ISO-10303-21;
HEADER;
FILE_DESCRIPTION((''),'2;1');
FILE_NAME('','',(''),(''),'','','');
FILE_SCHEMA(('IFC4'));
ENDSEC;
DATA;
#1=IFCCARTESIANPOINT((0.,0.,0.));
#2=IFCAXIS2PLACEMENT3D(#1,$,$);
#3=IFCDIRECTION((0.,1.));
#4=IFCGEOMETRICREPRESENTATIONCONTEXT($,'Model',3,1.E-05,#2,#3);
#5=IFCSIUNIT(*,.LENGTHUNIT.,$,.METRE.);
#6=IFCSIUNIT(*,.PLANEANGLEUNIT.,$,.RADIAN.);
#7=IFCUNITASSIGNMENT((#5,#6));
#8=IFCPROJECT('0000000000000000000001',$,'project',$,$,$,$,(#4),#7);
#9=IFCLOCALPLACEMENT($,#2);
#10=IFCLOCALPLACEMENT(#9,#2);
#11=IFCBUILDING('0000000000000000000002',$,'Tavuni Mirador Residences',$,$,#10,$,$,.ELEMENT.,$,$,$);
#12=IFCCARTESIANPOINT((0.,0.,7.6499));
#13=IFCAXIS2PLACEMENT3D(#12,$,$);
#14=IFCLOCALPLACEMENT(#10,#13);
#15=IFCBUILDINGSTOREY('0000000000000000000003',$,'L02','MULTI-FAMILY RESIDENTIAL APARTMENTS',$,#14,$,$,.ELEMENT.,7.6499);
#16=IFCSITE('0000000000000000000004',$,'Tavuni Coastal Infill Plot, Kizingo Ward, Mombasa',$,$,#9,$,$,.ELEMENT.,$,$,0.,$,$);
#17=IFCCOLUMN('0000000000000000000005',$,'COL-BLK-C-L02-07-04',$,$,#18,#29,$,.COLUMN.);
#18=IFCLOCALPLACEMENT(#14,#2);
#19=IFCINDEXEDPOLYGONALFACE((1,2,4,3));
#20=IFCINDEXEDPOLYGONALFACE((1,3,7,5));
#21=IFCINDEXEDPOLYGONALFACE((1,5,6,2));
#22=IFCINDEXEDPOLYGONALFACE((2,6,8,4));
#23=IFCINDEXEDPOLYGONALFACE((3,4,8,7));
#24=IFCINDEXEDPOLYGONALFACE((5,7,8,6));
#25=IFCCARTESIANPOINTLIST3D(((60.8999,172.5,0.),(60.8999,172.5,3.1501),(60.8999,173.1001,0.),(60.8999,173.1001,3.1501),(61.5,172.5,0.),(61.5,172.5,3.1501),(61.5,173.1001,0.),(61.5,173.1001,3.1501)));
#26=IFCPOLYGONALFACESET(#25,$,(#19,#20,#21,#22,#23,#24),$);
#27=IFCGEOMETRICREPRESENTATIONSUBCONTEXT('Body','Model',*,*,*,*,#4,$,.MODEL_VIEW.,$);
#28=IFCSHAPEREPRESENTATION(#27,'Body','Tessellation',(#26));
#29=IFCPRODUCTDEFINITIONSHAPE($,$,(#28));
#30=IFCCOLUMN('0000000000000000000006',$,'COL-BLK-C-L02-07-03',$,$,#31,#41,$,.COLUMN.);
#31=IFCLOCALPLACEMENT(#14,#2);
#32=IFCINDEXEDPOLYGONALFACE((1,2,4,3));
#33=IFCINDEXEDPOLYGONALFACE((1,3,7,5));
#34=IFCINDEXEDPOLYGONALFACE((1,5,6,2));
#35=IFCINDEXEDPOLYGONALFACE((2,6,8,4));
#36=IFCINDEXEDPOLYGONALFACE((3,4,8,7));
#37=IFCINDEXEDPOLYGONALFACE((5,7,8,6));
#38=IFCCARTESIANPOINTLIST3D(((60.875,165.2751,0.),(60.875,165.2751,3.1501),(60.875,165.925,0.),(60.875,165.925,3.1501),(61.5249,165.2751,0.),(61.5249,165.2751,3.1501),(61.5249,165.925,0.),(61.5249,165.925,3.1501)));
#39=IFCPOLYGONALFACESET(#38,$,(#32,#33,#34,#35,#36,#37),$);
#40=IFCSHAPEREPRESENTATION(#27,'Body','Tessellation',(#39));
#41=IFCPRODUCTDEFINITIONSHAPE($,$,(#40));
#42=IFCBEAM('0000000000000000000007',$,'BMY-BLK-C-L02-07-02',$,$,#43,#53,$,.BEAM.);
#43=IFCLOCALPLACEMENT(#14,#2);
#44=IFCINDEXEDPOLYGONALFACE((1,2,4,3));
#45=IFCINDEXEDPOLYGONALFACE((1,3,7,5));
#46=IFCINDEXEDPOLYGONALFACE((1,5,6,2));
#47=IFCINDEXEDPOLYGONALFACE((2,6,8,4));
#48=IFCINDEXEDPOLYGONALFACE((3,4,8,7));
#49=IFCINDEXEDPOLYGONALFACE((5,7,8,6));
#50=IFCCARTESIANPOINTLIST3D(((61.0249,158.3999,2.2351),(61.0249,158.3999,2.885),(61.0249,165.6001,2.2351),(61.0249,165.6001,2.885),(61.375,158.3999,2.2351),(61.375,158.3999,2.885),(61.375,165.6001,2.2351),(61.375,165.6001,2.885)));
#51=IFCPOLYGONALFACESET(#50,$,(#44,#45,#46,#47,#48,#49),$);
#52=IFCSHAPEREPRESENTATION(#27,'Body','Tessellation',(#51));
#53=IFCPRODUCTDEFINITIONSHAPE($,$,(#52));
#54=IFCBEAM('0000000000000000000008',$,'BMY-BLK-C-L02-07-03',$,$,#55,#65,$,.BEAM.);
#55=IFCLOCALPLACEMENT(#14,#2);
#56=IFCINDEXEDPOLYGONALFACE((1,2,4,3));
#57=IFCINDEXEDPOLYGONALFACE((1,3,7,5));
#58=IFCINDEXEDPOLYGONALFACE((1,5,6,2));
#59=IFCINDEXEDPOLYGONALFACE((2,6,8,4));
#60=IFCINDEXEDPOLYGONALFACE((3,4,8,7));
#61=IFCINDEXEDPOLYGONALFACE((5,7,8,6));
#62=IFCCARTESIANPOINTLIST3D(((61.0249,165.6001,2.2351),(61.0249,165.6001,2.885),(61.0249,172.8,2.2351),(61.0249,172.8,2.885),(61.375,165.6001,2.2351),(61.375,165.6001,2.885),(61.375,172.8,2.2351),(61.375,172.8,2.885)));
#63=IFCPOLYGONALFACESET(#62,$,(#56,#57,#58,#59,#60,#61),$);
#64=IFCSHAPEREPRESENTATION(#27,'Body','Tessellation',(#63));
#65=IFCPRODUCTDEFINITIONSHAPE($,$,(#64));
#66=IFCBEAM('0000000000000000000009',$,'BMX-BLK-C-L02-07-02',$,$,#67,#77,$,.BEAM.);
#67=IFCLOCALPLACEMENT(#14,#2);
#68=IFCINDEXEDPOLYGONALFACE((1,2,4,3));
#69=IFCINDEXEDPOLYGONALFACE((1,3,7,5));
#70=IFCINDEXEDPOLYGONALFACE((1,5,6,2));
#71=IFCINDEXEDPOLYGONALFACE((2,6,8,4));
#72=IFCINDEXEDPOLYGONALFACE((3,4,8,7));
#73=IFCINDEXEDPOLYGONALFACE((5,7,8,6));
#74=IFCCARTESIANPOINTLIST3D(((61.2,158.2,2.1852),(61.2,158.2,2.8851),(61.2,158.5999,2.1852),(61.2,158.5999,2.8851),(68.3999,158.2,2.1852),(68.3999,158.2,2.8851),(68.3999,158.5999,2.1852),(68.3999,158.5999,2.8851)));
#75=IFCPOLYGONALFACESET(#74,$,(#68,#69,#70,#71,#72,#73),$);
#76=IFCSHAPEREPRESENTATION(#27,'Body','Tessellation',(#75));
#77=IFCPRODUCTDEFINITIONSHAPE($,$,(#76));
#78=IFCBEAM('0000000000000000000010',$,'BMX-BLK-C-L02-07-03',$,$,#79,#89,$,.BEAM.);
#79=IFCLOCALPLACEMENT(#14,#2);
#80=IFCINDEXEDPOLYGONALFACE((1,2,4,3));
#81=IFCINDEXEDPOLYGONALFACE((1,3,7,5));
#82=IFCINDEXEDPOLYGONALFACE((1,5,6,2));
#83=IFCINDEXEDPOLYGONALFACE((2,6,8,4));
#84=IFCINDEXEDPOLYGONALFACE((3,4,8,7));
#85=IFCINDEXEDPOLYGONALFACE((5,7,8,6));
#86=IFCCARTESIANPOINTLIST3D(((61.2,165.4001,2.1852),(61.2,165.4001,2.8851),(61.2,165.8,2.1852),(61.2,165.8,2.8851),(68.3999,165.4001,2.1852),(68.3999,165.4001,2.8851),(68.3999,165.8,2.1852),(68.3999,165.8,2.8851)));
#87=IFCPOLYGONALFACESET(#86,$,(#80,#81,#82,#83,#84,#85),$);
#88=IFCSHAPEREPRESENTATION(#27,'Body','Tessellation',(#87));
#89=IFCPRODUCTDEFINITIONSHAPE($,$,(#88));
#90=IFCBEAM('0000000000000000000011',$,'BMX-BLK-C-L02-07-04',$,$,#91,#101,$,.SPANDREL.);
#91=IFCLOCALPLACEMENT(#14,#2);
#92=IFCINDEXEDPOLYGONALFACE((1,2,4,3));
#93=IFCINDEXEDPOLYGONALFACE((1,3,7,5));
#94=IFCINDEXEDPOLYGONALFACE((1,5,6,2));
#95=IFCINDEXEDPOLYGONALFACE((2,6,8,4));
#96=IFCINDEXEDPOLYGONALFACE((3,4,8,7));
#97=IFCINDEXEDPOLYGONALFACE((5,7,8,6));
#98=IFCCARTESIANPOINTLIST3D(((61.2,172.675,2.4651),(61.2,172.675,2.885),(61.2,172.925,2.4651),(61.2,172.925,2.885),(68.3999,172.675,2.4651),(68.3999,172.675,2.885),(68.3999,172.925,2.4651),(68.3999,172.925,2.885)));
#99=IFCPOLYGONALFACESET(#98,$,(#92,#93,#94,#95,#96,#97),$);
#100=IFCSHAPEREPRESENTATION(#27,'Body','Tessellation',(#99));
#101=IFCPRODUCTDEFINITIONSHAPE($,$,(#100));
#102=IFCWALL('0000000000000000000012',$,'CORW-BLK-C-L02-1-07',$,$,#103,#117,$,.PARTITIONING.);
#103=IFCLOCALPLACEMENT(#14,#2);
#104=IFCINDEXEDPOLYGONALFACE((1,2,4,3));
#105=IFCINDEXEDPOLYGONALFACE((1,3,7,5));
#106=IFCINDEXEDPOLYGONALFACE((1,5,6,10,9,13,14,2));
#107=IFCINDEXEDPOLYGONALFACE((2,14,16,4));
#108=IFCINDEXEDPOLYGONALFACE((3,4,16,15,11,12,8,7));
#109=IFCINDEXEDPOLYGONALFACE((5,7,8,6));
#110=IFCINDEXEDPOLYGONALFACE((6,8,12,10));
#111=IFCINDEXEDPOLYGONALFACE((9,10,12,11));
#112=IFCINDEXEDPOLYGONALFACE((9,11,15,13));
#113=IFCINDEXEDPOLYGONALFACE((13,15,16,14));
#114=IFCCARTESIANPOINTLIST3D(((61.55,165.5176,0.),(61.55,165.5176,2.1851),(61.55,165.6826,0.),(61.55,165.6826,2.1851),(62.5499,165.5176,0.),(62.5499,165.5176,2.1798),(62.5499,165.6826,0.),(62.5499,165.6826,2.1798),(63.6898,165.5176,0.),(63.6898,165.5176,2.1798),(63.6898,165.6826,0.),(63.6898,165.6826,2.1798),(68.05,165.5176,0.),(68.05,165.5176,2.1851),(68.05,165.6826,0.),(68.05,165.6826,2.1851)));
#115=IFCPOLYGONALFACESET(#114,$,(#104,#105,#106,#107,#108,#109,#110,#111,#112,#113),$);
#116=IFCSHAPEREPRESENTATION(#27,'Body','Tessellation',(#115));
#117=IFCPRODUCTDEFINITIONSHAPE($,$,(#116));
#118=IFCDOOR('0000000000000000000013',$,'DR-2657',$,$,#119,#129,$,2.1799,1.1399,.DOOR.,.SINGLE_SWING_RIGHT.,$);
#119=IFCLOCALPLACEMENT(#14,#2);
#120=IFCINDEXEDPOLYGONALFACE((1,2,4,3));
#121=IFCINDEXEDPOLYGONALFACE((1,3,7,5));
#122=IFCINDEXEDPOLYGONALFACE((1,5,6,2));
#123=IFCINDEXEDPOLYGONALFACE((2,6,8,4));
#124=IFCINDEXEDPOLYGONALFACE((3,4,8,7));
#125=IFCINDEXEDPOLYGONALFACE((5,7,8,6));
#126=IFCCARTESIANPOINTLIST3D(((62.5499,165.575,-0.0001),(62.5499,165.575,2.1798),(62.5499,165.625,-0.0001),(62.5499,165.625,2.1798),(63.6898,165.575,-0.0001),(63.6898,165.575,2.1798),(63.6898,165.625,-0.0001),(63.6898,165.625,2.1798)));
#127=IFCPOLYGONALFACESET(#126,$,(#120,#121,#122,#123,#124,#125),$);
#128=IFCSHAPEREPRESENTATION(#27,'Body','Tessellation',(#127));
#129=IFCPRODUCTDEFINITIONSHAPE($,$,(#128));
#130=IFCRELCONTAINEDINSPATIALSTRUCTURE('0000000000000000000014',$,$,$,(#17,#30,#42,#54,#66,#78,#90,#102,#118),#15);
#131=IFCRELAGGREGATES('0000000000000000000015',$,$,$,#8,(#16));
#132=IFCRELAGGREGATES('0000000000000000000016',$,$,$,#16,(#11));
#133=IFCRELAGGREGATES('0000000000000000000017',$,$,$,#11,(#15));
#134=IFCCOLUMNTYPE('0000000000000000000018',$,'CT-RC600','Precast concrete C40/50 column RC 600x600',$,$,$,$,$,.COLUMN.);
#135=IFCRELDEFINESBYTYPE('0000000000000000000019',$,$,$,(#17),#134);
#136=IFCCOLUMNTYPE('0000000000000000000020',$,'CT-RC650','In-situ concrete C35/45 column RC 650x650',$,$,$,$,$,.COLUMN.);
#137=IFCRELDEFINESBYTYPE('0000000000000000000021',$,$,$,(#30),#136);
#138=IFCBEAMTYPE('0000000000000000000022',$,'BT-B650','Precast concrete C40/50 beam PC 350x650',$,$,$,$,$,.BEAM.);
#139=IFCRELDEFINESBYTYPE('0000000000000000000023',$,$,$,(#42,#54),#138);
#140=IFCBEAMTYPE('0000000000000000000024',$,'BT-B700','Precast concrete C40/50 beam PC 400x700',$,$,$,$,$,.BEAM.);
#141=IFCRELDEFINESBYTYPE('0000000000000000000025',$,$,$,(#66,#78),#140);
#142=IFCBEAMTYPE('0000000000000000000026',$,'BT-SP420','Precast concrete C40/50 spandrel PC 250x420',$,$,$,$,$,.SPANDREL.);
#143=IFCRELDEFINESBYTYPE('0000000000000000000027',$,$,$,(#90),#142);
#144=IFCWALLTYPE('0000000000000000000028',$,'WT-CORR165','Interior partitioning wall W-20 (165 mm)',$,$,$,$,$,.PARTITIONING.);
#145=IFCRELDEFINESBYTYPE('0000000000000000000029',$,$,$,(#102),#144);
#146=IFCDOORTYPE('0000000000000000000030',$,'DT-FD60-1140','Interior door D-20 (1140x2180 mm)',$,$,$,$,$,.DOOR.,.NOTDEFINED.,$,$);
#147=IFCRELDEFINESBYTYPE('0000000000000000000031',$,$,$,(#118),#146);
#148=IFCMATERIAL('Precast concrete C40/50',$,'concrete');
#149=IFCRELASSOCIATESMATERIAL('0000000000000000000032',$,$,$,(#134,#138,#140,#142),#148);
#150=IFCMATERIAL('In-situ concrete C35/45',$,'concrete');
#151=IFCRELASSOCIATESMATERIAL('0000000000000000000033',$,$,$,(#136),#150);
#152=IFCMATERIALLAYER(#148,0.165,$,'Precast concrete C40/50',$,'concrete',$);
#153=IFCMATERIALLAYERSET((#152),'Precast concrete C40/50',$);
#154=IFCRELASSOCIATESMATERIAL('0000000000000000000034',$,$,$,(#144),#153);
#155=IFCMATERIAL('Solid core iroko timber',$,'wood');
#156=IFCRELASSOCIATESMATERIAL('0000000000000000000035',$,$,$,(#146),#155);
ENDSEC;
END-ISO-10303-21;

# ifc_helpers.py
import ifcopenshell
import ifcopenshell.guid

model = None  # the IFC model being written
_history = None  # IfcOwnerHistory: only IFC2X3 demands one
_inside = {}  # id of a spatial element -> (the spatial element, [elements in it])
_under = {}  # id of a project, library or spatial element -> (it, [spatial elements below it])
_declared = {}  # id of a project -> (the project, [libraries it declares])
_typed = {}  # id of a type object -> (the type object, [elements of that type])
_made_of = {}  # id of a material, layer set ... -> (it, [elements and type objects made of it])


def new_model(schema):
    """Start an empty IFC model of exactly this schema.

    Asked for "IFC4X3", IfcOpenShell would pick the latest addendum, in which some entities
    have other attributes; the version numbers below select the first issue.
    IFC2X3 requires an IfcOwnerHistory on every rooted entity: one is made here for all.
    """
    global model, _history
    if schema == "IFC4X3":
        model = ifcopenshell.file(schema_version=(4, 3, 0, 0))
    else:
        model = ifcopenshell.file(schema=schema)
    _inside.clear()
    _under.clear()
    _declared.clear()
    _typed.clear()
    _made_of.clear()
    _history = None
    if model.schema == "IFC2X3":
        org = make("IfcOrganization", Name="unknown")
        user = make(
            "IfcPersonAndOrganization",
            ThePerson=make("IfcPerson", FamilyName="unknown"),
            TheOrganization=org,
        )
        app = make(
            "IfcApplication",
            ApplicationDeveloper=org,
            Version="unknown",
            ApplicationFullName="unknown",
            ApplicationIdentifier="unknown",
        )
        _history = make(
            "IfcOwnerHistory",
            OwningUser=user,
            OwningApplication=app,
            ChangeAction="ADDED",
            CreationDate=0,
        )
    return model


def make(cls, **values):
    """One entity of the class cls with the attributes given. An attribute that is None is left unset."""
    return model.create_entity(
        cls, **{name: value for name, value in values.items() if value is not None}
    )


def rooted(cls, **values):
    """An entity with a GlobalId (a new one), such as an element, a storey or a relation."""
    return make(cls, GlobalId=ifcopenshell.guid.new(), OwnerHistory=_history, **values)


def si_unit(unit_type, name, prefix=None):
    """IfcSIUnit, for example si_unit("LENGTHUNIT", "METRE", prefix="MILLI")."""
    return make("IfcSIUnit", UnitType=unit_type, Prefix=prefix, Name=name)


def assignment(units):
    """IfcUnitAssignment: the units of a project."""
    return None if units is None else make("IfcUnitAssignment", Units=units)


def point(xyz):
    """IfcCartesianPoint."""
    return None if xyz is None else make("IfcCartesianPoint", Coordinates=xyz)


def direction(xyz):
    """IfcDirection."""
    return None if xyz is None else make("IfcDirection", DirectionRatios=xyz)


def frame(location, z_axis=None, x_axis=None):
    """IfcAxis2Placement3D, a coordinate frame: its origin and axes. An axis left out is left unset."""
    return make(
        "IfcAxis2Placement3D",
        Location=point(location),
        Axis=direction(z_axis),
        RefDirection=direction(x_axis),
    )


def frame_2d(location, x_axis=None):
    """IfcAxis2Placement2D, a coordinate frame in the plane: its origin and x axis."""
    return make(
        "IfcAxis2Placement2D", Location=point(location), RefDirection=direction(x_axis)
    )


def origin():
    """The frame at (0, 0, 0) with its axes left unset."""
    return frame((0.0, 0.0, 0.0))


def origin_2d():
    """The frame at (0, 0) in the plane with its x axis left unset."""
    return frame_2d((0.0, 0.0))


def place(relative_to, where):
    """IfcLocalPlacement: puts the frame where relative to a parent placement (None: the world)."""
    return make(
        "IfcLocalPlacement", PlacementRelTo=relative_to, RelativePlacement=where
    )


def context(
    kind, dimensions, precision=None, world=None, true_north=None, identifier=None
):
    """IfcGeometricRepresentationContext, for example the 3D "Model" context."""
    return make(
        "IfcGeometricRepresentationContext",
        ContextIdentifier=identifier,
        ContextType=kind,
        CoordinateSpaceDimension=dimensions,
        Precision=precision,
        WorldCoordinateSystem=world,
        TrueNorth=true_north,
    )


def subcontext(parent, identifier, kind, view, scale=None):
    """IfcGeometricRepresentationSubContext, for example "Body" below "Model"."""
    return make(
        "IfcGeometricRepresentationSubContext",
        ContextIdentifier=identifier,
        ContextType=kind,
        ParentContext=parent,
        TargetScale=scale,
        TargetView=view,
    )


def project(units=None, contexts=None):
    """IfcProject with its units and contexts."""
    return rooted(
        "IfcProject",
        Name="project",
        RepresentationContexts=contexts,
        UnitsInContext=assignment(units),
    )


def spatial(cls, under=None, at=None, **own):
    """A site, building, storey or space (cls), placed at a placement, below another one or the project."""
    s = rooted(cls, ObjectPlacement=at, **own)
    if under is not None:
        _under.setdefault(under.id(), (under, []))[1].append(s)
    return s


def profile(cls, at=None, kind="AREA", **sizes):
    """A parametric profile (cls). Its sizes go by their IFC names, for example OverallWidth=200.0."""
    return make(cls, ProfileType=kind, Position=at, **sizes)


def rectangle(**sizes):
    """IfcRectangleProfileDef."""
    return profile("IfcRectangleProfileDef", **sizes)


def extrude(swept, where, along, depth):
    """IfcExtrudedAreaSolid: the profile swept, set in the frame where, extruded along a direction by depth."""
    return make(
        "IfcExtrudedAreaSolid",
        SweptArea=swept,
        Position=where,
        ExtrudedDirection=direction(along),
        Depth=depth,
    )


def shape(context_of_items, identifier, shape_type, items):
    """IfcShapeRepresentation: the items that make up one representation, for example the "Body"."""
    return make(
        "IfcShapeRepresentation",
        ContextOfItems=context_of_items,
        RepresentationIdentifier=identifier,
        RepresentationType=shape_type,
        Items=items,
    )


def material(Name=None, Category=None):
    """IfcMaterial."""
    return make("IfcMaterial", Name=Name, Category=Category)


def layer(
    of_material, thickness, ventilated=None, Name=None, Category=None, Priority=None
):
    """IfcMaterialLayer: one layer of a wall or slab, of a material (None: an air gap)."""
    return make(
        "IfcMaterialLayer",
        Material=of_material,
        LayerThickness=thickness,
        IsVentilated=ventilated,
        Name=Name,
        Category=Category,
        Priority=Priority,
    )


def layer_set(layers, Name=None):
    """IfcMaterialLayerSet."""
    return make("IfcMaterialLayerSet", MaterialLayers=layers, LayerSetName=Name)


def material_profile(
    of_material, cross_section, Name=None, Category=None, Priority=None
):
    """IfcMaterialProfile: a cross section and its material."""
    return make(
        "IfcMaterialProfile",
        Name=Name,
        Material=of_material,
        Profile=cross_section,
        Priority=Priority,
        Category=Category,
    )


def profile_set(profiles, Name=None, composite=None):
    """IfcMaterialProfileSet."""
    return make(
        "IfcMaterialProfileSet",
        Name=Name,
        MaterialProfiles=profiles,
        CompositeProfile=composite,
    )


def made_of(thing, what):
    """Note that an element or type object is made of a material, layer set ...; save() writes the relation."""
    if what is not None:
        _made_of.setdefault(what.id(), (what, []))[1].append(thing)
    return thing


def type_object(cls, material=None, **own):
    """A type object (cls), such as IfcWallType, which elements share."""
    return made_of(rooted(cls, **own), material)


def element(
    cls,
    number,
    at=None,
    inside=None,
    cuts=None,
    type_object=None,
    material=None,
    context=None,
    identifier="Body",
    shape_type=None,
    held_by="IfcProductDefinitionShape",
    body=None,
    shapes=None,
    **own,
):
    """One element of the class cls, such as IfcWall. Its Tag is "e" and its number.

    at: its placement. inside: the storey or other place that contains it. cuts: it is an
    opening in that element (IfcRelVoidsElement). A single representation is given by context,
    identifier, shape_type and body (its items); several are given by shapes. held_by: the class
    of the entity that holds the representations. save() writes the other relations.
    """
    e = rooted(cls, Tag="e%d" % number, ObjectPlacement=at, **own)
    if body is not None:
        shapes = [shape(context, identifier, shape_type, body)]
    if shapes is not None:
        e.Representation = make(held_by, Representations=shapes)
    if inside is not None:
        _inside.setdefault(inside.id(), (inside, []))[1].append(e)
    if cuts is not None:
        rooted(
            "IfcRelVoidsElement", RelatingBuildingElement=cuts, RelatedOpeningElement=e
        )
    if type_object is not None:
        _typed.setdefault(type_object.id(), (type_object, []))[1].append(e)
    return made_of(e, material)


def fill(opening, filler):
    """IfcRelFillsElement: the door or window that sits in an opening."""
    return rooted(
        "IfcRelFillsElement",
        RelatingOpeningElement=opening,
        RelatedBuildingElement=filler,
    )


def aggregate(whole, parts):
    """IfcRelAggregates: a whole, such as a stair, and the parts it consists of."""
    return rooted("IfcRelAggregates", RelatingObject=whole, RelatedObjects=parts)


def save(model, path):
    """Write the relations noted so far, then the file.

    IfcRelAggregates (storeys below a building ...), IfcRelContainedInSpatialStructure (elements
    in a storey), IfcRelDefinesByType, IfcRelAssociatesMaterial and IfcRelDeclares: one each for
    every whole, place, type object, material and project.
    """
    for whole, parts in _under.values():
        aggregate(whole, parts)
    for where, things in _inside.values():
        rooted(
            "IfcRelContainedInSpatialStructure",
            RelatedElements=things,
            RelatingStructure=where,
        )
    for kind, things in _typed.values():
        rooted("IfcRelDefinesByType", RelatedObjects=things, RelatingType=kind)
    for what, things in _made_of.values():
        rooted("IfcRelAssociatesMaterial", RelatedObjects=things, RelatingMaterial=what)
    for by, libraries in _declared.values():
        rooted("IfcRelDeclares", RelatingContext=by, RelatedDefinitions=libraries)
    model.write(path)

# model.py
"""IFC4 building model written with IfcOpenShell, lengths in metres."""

from ifc_helpers import new_model, si_unit, direction, frame, frame_2d, origin, origin_2d, place, context, subcontext, project, spatial, rectangle, extrude, material, layer, layer_set, material_profile, profile_set, type_object, element, fill, save


model = new_model("IFC4")

# Units and contexts
model_context = context("Model", 3, precision=1e-05, world=origin(), true_north=direction((0.0, 1.0)))
body_context = subcontext(model_context, "Body", "Model", "MODEL_VIEW")
ifc_project = project(units=[si_unit("LENGTHUNIT", "METRE"), si_unit("PLANEANGLEUNIT", "RADIAN")], contexts=[model_context])

# Site, building, storey
site_placement = place(None, origin())
site = spatial("IfcSite", under=ifc_project, at=site_placement, Name="Tavuni Coastal Infill Plot, Kizingo Ward, Mombasa", CompositionType="ELEMENT", RefElevation=0.0)
building_placement = place(site_placement, origin())
building = spatial("IfcBuilding", under=site, at=building_placement, Name="Tavuni Mirador Residences", CompositionType="ELEMENT")
storey_placement = place(building_placement, frame((0.0, 0.0, 7.6499)))
storey = spatial("IfcBuildingStorey", under=building, at=storey_placement, Name="L02", Description="MULTI-FAMILY RESIDENTIAL APARTMENTS", CompositionType="ELEMENT", Elevation=7.6499)

# Columns
ifc_material_1 = material(Name="Precast concrete C40/50", Category="concrete")
ifc_material_profile_1 = material_profile(ifc_material_1, rectangle(XDim=0.6001, YDim=0.6001, at=origin_2d()), Name="RC 600x600", Category="concrete")
ifc_profile_set_1 = profile_set([ifc_material_profile_1], Name="Precast concrete C40/50")
column_type_1 = type_object("IfcColumnType", Name="CT-RC600", Description="Precast concrete C40/50 column RC 600x600", PredefinedType="COLUMN", material=ifc_profile_set_1)
column_1_placement = place(storey_placement, frame((61.2, 172.8, 0.0), z_axis=(0.0, 0.0, 1.0), x_axis=(1.0, 0.0, 0.0)))
element("IfcColumn", 1, at=column_1_placement, inside=storey, type_object=column_type_1, Name="COL-BLK-C-L02-07-04", PredefinedType="COLUMN", context=body_context, shape_type="SweptSolid", body=[
    extrude(rectangle(XDim=0.6001, YDim=0.6001, at=origin_2d()), origin(), (0.0, 0.0, 1.0), 3.1501),
])
ifc_material_2 = material(Name="In-situ concrete C35/45", Category="concrete")
ifc_material_profile_2 = material_profile(ifc_material_2, rectangle(XDim=0.6499, YDim=0.6499, at=origin_2d()), Name="RC 650x650", Category="concrete")
ifc_profile_set_2 = profile_set([ifc_material_profile_2], Name="In-situ concrete C35/45")
column_type_2 = type_object("IfcColumnType", Name="CT-RC650", Description="In-situ concrete C35/45 column RC 650x650", PredefinedType="COLUMN", material=ifc_profile_set_2)
column_2_placement = place(storey_placement, frame((61.2, 165.6001, 0.0), z_axis=(0.0, 0.0, 1.0), x_axis=(1.0, 0.0, 0.0)))
element("IfcColumn", 2, at=column_2_placement, inside=storey, type_object=column_type_2, Name="COL-BLK-C-L02-07-03", PredefinedType="COLUMN", context=body_context, shape_type="SweptSolid", body=[
    extrude(rectangle(XDim=0.6499, YDim=0.6499, at=origin_2d()), origin(), (0.0, 0.0, 1.0), 3.1501),
])

# Beams
ifc_material_profile_3 = material_profile(ifc_material_1, rectangle(XDim=0.3501, YDim=0.6499, at=origin_2d()), Name="PC 350x650", Category="concrete")
ifc_profile_set_3 = profile_set([ifc_material_profile_3], Name="Precast concrete C40/50")
beam_type_1 = type_object("IfcBeamType", Name="BT-B650", Description="Precast concrete C40/50 beam PC 350x650", PredefinedType="BEAM", material=ifc_profile_set_3)
beam_1_placement = place(storey_placement, frame((61.2, 158.3999, 2.5601), z_axis=(0.0, 1.0, 0.0), x_axis=(-1.0, 0.0, 0.0)))
element("IfcBeam", 3, at=beam_1_placement, inside=storey, type_object=beam_type_1, Name="BMY-BLK-C-L02-07-02", PredefinedType="BEAM", context=body_context, shape_type="SweptSolid", body=[
    extrude(rectangle(XDim=0.3501, YDim=0.6499, at=origin_2d()), origin(), (0.0, 0.0, 1.0), 7.2002),
])
beam_2_placement = place(storey_placement, frame((61.2, 165.6001, 2.5601), z_axis=(0.0, 1.0, 0.0), x_axis=(-1.0, 0.0, 0.0)))
element("IfcBeam", 4, at=beam_2_placement, inside=storey, type_object=beam_type_1, Name="BMY-BLK-C-L02-07-03", PredefinedType="BEAM", context=body_context, shape_type="SweptSolid", body=[
    extrude(rectangle(XDim=0.3501, YDim=0.6499, at=origin_2d()), origin(), (0.0, 0.0, 1.0), 7.2),
])
ifc_material_profile_4 = material_profile(ifc_material_1, rectangle(XDim=0.3999, YDim=0.7, at=origin_2d()), Name="PC 400x700", Category="concrete")
ifc_profile_set_4 = profile_set([ifc_material_profile_4], Name="Precast concrete C40/50")
beam_type_2 = type_object("IfcBeamType", Name="BT-B700", Description="Precast concrete C40/50 beam PC 400x700", PredefinedType="BEAM", material=ifc_profile_set_4)
for number, where, z_axis, x_axis, name in (
    (5, (61.2, 158.3999, 2.5352), (1.0, 0.0, 0.0), (0.0, 1.0, 0.0), "BMX-BLK-C-L02-07-02"),
    (6, (61.2, 165.6001, 2.5352), (1.0, 0.0, 0.0), (0.0, 1.0, 0.0), "BMX-BLK-C-L02-07-03"),
):
    element("IfcBeam", number, at=place(storey_placement, frame(where, z_axis=z_axis, x_axis=x_axis)), inside=storey, type_object=beam_type_2, Name=name, PredefinedType="BEAM", context=body_context, shape_type="SweptSolid", body=[
        extrude(rectangle(XDim=0.3999, YDim=0.7, at=origin_2d()), origin(), (0.0, 0.0, 1.0), 7.2),
    ])
ifc_material_profile_5 = material_profile(ifc_material_1, rectangle(XDim=0.25, YDim=0.4199, at=origin_2d()), Name="PC 250x420", Category="concrete")
ifc_profile_set_5 = profile_set([ifc_material_profile_5], Name="Precast concrete C40/50")
beam_type_3 = type_object("IfcBeamType", Name="BT-SP420", Description="Precast concrete C40/50 spandrel PC 250x420", PredefinedType="SPANDREL", material=ifc_profile_set_5)
beam_3_placement = place(storey_placement, frame((61.2, 172.8, 2.675), z_axis=(1.0, 0.0, 0.0), x_axis=(0.0, 1.0, 0.0)))
element("IfcBeam", 7, at=beam_3_placement, inside=storey, type_object=beam_type_3, Name="BMX-BLK-C-L02-07-04", PredefinedType="SPANDREL", context=body_context, shape_type="SweptSolid", body=[
    extrude(rectangle(XDim=0.25, YDim=0.4199, at=origin_2d()), origin(), (0.0, 0.0, 1.0), 7.2),
])

# Wall, opening, door
ifc_layer_1 = layer(ifc_material_1, 0.165, Name="Precast concrete C40/50", Category="concrete")
ifc_layer_set_1 = layer_set([ifc_layer_1], Name="Precast concrete C40/50")
wall_type_1 = type_object("IfcWallType", Name="WT-CORR165", Description="Interior partitioning wall W-20 (165 mm)", PredefinedType="PARTITIONING", material=ifc_layer_set_1)
wall_1_placement = place(storey_placement, frame((61.55, 165.6001, 0.0), z_axis=(0.0, 0.0, 1.0), x_axis=(1.0, 0.0, 0.0)))
wall_1 = element("IfcWall", 8, at=wall_1_placement, inside=storey, type_object=wall_type_1, Name="CORW-BLK-C-L02-1-07", PredefinedType="PARTITIONING", context=body_context, shape_type="SweptSolid", body=[
    extrude(rectangle(XDim=6.5, YDim=0.165, at=frame_2d((3.25, 0.0))), origin(), (0.0, 0.0, 1.0), 2.1851),
])
opening_1_placement = place(wall_1_placement, frame((1.0, 0.0, 0.0)))
opening_1 = element("IfcOpeningElement", 9, at=opening_1_placement, cuts=wall_1, PredefinedType="OPENING", context=body_context, shape_type="SweptSolid", body=[
    extrude(rectangle(XDim=1.1399, YDim=2.1799, at=frame_2d((0.5698, 1.0898))), frame((0.0, 0.0925, 0.0), z_axis=(0.0, -1.0, 0.0), x_axis=(1.0, 0.0, 0.0)), (0.0, 0.0, 1.0), 0.1851),
])
ifc_material_3 = material(Name="Solid core iroko timber", Category="wood")
door_type_1 = type_object("IfcDoorType", Name="DT-FD60-1140", Description="Interior door D-20 (1140x2180 mm)", OperationType="NOTDEFINED", PredefinedType="DOOR", material=ifc_material_3)
door_1_placement = place(opening_1_placement, origin())
door_1 = element("IfcDoor", 10, at=door_1_placement, inside=storey, type_object=door_type_1, Name="DR-2657", OperationType="SINGLE_SWING_RIGHT", OverallHeight=2.1799, OverallWidth=1.1399, PredefinedType="DOOR", context=body_context, shape_type="SweptSolid", body=[
    extrude(rectangle(XDim=1.1399, YDim=2.1799, at=frame_2d((0.5698, 1.0898))), frame((0.0, 0.0249, 0.0), z_axis=(0.0, -1.0, 0.0), x_axis=(1.0, 0.0, 0.0)), (0.0, 0.0, 1.0), 0.05),
])
fill(opening_1, door_1)

save(model, "model.ifc")
